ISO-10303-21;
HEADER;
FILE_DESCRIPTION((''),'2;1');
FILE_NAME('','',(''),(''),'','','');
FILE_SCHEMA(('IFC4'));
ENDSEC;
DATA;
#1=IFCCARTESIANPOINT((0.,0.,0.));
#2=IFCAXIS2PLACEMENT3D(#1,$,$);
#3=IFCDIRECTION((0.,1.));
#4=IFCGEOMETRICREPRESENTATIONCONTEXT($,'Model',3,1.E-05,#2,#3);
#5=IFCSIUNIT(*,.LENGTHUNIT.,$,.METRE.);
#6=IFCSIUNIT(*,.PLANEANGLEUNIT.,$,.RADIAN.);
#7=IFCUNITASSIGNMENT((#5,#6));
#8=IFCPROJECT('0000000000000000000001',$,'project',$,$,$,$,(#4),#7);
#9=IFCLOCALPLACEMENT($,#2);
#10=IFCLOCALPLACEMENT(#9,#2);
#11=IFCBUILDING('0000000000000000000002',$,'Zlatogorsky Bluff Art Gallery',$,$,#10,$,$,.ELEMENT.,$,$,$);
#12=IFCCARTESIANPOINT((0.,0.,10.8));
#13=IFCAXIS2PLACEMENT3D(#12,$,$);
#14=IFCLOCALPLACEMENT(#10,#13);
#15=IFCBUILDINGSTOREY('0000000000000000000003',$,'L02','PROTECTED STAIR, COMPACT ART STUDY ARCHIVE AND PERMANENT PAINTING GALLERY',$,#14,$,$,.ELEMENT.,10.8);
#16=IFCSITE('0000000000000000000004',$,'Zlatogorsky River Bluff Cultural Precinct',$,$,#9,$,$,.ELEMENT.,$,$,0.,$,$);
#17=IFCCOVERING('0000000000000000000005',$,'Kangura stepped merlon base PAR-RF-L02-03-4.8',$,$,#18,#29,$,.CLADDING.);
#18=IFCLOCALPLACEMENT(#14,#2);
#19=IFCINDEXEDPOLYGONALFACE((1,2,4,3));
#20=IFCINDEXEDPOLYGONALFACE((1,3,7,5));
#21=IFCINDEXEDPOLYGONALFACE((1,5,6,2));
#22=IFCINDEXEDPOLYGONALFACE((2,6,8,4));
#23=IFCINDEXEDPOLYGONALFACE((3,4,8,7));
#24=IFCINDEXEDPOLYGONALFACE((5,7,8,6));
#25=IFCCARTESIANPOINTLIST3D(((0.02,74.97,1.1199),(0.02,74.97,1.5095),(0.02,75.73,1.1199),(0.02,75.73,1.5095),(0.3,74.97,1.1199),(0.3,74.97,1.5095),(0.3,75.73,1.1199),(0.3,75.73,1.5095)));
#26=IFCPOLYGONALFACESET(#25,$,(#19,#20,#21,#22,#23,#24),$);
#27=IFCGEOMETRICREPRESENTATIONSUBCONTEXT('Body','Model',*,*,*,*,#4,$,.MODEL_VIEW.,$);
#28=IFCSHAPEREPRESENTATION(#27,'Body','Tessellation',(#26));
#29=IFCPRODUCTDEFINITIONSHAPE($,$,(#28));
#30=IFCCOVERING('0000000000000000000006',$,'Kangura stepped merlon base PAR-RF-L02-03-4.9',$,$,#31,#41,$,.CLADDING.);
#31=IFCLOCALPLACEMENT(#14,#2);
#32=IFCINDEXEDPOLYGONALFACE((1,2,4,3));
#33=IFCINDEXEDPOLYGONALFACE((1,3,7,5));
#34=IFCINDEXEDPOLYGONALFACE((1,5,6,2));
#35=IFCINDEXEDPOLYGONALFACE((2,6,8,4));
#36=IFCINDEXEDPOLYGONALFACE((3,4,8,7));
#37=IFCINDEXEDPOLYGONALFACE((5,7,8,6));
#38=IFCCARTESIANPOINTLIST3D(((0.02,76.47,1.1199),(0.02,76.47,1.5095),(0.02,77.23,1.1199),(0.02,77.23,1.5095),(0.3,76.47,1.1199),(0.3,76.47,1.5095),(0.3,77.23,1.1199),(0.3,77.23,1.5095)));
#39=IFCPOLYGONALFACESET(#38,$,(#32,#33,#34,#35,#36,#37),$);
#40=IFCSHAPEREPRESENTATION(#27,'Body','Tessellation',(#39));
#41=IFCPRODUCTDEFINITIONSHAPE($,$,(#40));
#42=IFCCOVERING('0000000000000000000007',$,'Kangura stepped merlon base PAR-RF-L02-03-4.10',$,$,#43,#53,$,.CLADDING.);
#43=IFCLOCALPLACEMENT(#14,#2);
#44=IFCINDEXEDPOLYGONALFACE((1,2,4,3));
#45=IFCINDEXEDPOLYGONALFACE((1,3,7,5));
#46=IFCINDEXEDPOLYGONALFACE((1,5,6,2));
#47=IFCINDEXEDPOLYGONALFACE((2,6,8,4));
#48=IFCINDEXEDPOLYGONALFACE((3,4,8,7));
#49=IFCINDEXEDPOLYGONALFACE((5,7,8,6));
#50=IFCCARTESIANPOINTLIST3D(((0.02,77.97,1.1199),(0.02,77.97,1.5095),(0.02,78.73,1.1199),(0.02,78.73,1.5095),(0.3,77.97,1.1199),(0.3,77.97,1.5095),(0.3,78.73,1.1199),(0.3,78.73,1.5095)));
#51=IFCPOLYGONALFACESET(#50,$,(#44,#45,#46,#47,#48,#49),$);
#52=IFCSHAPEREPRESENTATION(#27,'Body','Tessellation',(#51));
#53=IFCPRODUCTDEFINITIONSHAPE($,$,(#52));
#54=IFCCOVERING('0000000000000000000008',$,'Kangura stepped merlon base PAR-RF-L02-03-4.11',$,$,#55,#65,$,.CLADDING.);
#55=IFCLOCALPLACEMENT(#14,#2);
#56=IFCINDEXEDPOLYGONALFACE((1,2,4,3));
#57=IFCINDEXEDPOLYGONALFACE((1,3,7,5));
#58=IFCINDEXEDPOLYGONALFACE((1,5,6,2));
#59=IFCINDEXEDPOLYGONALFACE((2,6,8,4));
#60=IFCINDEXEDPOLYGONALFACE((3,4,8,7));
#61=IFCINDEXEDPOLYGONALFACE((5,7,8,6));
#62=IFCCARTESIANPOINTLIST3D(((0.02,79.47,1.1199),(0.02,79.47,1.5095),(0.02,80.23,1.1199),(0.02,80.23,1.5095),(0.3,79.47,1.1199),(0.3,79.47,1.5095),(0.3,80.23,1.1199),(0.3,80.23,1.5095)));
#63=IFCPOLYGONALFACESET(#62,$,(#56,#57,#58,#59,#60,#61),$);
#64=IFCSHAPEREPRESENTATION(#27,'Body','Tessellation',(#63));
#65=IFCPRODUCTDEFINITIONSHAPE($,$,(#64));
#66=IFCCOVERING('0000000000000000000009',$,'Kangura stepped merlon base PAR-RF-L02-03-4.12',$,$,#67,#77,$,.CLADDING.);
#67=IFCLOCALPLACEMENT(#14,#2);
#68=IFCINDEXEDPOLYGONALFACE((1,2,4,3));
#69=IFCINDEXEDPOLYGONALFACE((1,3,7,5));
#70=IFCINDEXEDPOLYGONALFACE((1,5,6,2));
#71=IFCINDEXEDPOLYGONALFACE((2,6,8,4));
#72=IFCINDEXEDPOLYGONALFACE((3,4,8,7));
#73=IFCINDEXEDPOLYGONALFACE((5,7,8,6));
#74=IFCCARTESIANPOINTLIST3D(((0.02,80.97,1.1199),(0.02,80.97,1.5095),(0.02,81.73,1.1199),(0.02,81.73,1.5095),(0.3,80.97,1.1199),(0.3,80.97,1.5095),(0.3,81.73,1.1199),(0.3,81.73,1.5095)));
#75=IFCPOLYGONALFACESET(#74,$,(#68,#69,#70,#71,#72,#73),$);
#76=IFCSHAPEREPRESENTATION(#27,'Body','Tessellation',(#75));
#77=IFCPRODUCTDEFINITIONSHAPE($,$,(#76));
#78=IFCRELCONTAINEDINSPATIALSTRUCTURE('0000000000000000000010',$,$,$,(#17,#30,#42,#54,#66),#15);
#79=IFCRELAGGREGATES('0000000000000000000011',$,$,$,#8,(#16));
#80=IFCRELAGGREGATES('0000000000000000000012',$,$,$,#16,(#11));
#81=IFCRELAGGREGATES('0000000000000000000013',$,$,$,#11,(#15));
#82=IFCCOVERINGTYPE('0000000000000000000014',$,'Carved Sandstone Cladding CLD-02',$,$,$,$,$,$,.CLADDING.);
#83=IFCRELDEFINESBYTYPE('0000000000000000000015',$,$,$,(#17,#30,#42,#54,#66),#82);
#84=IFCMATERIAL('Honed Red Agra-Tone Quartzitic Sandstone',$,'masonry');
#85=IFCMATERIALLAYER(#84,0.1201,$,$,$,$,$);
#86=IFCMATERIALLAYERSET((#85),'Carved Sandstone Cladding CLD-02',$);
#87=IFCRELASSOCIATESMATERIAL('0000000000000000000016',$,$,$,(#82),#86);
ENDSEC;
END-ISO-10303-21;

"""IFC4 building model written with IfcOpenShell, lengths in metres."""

from ifc_helpers import new_model, si_unit, direction, frame, origin, place, context, subcontext, project, spatial, polyline, outline, extrude, material, layer, layer_set, type_object, element, save


model = new_model("IFC4")

# Units and contexts
model_context = context("Model", 3, precision=1e-05, world=origin(), true_north=direction((0.0, 1.0)))
body_context = subcontext(model_context, "Body", "Model", "MODEL_VIEW")
ifc_project = project(units=[si_unit("LENGTHUNIT", "METRE"), si_unit("PLANEANGLEUNIT", "RADIAN")], contexts=[model_context])

# Site, building, storey
site_placement = place(None, origin())
site = spatial("IfcSite", under=ifc_project, at=site_placement, Name="Zlatogorsky River Bluff Cultural Precinct", CompositionType="ELEMENT", RefElevation=0.0)
building_placement = place(site_placement, origin())
building = spatial("IfcBuilding", under=site, at=building_placement, Name="Zlatogorsky Bluff Art Gallery", CompositionType="ELEMENT")
storey_placement = place(building_placement, frame((0.0, 0.0, 10.8)))
storey = spatial("IfcBuildingStorey", under=building, at=storey_placement, Name="L02", Description="PROTECTED STAIR, COMPACT ART STUDY ARCHIVE AND PERMANENT PAINTING GALLERY", CompositionType="ELEMENT", Elevation=10.8)

# Coverings
ifc_material = material(Name="Honed Red Agra-Tone Quartzitic Sandstone", Category="masonry")
ifc_layer = layer(ifc_material, 0.1201)
ifc_layer_set = layer_set([ifc_layer], Name="Carved Sandstone Cladding CLD-02")
covering_type = type_object("IfcCoveringType", Name="Carved Sandstone Cladding CLD-02", PredefinedType="CLADDING", material=ifc_layer_set)
covering_1_placement = place(storey_placement, frame((0.0, 0.0, 1.1199)))
element("IfcCovering", 1, at=covering_1_placement, inside=storey, type_object=covering_type, Name="Kangura stepped merlon base PAR-RF-L02-03-4.8", PredefinedType="CLADDING", context=body_context, shape_type="SweptSolid", body=[
    extrude(outline(polyline([(0.02, 74.97), (0.02, 75.73), (0.3, 75.73), (0.3, 74.97), (0.02, 74.97)])), origin(), (0.0, 0.0, 1.0), 0.3896),
])
covering_2_placement = place(storey_placement, frame((0.0, 0.0, 1.1199)))
element("IfcCovering", 2, at=covering_2_placement, inside=storey, type_object=covering_type, Name="Kangura stepped merlon base PAR-RF-L02-03-4.9", PredefinedType="CLADDING", context=body_context, shape_type="SweptSolid", body=[
    extrude(outline(polyline([(0.02, 76.47), (0.02, 77.23), (0.3, 77.23), (0.3, 76.47), (0.02, 76.47)])), origin(), (0.0, 0.0, 1.0), 0.3896),
])
covering_3_placement = place(storey_placement, frame((0.0, 0.0, 1.1199)))
element("IfcCovering", 3, at=covering_3_placement, inside=storey, type_object=covering_type, Name="Kangura stepped merlon base PAR-RF-L02-03-4.10", PredefinedType="CLADDING", context=body_context, shape_type="SweptSolid", body=[
    extrude(outline(polyline([(0.02, 77.97), (0.02, 78.73), (0.3, 78.73), (0.3, 77.97), (0.02, 77.97)])), origin(), (0.0, 0.0, 1.0), 0.3896),
])
covering_4_placement = place(storey_placement, frame((0.0, 0.0, 1.1199)))
element("IfcCovering", 4, at=covering_4_placement, inside=storey, type_object=covering_type, Name="Kangura stepped merlon base PAR-RF-L02-03-4.11", PredefinedType="CLADDING", context=body_context, shape_type="SweptSolid", body=[
    extrude(outline(polyline([(0.02, 79.47), (0.02, 80.23), (0.3, 80.23), (0.3, 79.47), (0.02, 79.47)])), origin(), (0.0, 0.0, 1.0), 0.3896),
])
covering_5_placement = place(storey_placement, frame((0.0, 0.0, 1.1199)))
element("IfcCovering", 5, at=covering_5_placement, inside=storey, type_object=covering_type, Name="Kangura stepped merlon base PAR-RF-L02-03-4.12", PredefinedType="CLADDING", context=body_context, shape_type="SweptSolid", body=[
    extrude(outline(polyline([(0.02, 80.97), (0.02, 81.73), (0.3, 81.73), (0.3, 80.97), (0.02, 80.97)])), origin(), (0.0, 0.0, 1.0), 0.3896),
])

save(model, "model.ifc")
